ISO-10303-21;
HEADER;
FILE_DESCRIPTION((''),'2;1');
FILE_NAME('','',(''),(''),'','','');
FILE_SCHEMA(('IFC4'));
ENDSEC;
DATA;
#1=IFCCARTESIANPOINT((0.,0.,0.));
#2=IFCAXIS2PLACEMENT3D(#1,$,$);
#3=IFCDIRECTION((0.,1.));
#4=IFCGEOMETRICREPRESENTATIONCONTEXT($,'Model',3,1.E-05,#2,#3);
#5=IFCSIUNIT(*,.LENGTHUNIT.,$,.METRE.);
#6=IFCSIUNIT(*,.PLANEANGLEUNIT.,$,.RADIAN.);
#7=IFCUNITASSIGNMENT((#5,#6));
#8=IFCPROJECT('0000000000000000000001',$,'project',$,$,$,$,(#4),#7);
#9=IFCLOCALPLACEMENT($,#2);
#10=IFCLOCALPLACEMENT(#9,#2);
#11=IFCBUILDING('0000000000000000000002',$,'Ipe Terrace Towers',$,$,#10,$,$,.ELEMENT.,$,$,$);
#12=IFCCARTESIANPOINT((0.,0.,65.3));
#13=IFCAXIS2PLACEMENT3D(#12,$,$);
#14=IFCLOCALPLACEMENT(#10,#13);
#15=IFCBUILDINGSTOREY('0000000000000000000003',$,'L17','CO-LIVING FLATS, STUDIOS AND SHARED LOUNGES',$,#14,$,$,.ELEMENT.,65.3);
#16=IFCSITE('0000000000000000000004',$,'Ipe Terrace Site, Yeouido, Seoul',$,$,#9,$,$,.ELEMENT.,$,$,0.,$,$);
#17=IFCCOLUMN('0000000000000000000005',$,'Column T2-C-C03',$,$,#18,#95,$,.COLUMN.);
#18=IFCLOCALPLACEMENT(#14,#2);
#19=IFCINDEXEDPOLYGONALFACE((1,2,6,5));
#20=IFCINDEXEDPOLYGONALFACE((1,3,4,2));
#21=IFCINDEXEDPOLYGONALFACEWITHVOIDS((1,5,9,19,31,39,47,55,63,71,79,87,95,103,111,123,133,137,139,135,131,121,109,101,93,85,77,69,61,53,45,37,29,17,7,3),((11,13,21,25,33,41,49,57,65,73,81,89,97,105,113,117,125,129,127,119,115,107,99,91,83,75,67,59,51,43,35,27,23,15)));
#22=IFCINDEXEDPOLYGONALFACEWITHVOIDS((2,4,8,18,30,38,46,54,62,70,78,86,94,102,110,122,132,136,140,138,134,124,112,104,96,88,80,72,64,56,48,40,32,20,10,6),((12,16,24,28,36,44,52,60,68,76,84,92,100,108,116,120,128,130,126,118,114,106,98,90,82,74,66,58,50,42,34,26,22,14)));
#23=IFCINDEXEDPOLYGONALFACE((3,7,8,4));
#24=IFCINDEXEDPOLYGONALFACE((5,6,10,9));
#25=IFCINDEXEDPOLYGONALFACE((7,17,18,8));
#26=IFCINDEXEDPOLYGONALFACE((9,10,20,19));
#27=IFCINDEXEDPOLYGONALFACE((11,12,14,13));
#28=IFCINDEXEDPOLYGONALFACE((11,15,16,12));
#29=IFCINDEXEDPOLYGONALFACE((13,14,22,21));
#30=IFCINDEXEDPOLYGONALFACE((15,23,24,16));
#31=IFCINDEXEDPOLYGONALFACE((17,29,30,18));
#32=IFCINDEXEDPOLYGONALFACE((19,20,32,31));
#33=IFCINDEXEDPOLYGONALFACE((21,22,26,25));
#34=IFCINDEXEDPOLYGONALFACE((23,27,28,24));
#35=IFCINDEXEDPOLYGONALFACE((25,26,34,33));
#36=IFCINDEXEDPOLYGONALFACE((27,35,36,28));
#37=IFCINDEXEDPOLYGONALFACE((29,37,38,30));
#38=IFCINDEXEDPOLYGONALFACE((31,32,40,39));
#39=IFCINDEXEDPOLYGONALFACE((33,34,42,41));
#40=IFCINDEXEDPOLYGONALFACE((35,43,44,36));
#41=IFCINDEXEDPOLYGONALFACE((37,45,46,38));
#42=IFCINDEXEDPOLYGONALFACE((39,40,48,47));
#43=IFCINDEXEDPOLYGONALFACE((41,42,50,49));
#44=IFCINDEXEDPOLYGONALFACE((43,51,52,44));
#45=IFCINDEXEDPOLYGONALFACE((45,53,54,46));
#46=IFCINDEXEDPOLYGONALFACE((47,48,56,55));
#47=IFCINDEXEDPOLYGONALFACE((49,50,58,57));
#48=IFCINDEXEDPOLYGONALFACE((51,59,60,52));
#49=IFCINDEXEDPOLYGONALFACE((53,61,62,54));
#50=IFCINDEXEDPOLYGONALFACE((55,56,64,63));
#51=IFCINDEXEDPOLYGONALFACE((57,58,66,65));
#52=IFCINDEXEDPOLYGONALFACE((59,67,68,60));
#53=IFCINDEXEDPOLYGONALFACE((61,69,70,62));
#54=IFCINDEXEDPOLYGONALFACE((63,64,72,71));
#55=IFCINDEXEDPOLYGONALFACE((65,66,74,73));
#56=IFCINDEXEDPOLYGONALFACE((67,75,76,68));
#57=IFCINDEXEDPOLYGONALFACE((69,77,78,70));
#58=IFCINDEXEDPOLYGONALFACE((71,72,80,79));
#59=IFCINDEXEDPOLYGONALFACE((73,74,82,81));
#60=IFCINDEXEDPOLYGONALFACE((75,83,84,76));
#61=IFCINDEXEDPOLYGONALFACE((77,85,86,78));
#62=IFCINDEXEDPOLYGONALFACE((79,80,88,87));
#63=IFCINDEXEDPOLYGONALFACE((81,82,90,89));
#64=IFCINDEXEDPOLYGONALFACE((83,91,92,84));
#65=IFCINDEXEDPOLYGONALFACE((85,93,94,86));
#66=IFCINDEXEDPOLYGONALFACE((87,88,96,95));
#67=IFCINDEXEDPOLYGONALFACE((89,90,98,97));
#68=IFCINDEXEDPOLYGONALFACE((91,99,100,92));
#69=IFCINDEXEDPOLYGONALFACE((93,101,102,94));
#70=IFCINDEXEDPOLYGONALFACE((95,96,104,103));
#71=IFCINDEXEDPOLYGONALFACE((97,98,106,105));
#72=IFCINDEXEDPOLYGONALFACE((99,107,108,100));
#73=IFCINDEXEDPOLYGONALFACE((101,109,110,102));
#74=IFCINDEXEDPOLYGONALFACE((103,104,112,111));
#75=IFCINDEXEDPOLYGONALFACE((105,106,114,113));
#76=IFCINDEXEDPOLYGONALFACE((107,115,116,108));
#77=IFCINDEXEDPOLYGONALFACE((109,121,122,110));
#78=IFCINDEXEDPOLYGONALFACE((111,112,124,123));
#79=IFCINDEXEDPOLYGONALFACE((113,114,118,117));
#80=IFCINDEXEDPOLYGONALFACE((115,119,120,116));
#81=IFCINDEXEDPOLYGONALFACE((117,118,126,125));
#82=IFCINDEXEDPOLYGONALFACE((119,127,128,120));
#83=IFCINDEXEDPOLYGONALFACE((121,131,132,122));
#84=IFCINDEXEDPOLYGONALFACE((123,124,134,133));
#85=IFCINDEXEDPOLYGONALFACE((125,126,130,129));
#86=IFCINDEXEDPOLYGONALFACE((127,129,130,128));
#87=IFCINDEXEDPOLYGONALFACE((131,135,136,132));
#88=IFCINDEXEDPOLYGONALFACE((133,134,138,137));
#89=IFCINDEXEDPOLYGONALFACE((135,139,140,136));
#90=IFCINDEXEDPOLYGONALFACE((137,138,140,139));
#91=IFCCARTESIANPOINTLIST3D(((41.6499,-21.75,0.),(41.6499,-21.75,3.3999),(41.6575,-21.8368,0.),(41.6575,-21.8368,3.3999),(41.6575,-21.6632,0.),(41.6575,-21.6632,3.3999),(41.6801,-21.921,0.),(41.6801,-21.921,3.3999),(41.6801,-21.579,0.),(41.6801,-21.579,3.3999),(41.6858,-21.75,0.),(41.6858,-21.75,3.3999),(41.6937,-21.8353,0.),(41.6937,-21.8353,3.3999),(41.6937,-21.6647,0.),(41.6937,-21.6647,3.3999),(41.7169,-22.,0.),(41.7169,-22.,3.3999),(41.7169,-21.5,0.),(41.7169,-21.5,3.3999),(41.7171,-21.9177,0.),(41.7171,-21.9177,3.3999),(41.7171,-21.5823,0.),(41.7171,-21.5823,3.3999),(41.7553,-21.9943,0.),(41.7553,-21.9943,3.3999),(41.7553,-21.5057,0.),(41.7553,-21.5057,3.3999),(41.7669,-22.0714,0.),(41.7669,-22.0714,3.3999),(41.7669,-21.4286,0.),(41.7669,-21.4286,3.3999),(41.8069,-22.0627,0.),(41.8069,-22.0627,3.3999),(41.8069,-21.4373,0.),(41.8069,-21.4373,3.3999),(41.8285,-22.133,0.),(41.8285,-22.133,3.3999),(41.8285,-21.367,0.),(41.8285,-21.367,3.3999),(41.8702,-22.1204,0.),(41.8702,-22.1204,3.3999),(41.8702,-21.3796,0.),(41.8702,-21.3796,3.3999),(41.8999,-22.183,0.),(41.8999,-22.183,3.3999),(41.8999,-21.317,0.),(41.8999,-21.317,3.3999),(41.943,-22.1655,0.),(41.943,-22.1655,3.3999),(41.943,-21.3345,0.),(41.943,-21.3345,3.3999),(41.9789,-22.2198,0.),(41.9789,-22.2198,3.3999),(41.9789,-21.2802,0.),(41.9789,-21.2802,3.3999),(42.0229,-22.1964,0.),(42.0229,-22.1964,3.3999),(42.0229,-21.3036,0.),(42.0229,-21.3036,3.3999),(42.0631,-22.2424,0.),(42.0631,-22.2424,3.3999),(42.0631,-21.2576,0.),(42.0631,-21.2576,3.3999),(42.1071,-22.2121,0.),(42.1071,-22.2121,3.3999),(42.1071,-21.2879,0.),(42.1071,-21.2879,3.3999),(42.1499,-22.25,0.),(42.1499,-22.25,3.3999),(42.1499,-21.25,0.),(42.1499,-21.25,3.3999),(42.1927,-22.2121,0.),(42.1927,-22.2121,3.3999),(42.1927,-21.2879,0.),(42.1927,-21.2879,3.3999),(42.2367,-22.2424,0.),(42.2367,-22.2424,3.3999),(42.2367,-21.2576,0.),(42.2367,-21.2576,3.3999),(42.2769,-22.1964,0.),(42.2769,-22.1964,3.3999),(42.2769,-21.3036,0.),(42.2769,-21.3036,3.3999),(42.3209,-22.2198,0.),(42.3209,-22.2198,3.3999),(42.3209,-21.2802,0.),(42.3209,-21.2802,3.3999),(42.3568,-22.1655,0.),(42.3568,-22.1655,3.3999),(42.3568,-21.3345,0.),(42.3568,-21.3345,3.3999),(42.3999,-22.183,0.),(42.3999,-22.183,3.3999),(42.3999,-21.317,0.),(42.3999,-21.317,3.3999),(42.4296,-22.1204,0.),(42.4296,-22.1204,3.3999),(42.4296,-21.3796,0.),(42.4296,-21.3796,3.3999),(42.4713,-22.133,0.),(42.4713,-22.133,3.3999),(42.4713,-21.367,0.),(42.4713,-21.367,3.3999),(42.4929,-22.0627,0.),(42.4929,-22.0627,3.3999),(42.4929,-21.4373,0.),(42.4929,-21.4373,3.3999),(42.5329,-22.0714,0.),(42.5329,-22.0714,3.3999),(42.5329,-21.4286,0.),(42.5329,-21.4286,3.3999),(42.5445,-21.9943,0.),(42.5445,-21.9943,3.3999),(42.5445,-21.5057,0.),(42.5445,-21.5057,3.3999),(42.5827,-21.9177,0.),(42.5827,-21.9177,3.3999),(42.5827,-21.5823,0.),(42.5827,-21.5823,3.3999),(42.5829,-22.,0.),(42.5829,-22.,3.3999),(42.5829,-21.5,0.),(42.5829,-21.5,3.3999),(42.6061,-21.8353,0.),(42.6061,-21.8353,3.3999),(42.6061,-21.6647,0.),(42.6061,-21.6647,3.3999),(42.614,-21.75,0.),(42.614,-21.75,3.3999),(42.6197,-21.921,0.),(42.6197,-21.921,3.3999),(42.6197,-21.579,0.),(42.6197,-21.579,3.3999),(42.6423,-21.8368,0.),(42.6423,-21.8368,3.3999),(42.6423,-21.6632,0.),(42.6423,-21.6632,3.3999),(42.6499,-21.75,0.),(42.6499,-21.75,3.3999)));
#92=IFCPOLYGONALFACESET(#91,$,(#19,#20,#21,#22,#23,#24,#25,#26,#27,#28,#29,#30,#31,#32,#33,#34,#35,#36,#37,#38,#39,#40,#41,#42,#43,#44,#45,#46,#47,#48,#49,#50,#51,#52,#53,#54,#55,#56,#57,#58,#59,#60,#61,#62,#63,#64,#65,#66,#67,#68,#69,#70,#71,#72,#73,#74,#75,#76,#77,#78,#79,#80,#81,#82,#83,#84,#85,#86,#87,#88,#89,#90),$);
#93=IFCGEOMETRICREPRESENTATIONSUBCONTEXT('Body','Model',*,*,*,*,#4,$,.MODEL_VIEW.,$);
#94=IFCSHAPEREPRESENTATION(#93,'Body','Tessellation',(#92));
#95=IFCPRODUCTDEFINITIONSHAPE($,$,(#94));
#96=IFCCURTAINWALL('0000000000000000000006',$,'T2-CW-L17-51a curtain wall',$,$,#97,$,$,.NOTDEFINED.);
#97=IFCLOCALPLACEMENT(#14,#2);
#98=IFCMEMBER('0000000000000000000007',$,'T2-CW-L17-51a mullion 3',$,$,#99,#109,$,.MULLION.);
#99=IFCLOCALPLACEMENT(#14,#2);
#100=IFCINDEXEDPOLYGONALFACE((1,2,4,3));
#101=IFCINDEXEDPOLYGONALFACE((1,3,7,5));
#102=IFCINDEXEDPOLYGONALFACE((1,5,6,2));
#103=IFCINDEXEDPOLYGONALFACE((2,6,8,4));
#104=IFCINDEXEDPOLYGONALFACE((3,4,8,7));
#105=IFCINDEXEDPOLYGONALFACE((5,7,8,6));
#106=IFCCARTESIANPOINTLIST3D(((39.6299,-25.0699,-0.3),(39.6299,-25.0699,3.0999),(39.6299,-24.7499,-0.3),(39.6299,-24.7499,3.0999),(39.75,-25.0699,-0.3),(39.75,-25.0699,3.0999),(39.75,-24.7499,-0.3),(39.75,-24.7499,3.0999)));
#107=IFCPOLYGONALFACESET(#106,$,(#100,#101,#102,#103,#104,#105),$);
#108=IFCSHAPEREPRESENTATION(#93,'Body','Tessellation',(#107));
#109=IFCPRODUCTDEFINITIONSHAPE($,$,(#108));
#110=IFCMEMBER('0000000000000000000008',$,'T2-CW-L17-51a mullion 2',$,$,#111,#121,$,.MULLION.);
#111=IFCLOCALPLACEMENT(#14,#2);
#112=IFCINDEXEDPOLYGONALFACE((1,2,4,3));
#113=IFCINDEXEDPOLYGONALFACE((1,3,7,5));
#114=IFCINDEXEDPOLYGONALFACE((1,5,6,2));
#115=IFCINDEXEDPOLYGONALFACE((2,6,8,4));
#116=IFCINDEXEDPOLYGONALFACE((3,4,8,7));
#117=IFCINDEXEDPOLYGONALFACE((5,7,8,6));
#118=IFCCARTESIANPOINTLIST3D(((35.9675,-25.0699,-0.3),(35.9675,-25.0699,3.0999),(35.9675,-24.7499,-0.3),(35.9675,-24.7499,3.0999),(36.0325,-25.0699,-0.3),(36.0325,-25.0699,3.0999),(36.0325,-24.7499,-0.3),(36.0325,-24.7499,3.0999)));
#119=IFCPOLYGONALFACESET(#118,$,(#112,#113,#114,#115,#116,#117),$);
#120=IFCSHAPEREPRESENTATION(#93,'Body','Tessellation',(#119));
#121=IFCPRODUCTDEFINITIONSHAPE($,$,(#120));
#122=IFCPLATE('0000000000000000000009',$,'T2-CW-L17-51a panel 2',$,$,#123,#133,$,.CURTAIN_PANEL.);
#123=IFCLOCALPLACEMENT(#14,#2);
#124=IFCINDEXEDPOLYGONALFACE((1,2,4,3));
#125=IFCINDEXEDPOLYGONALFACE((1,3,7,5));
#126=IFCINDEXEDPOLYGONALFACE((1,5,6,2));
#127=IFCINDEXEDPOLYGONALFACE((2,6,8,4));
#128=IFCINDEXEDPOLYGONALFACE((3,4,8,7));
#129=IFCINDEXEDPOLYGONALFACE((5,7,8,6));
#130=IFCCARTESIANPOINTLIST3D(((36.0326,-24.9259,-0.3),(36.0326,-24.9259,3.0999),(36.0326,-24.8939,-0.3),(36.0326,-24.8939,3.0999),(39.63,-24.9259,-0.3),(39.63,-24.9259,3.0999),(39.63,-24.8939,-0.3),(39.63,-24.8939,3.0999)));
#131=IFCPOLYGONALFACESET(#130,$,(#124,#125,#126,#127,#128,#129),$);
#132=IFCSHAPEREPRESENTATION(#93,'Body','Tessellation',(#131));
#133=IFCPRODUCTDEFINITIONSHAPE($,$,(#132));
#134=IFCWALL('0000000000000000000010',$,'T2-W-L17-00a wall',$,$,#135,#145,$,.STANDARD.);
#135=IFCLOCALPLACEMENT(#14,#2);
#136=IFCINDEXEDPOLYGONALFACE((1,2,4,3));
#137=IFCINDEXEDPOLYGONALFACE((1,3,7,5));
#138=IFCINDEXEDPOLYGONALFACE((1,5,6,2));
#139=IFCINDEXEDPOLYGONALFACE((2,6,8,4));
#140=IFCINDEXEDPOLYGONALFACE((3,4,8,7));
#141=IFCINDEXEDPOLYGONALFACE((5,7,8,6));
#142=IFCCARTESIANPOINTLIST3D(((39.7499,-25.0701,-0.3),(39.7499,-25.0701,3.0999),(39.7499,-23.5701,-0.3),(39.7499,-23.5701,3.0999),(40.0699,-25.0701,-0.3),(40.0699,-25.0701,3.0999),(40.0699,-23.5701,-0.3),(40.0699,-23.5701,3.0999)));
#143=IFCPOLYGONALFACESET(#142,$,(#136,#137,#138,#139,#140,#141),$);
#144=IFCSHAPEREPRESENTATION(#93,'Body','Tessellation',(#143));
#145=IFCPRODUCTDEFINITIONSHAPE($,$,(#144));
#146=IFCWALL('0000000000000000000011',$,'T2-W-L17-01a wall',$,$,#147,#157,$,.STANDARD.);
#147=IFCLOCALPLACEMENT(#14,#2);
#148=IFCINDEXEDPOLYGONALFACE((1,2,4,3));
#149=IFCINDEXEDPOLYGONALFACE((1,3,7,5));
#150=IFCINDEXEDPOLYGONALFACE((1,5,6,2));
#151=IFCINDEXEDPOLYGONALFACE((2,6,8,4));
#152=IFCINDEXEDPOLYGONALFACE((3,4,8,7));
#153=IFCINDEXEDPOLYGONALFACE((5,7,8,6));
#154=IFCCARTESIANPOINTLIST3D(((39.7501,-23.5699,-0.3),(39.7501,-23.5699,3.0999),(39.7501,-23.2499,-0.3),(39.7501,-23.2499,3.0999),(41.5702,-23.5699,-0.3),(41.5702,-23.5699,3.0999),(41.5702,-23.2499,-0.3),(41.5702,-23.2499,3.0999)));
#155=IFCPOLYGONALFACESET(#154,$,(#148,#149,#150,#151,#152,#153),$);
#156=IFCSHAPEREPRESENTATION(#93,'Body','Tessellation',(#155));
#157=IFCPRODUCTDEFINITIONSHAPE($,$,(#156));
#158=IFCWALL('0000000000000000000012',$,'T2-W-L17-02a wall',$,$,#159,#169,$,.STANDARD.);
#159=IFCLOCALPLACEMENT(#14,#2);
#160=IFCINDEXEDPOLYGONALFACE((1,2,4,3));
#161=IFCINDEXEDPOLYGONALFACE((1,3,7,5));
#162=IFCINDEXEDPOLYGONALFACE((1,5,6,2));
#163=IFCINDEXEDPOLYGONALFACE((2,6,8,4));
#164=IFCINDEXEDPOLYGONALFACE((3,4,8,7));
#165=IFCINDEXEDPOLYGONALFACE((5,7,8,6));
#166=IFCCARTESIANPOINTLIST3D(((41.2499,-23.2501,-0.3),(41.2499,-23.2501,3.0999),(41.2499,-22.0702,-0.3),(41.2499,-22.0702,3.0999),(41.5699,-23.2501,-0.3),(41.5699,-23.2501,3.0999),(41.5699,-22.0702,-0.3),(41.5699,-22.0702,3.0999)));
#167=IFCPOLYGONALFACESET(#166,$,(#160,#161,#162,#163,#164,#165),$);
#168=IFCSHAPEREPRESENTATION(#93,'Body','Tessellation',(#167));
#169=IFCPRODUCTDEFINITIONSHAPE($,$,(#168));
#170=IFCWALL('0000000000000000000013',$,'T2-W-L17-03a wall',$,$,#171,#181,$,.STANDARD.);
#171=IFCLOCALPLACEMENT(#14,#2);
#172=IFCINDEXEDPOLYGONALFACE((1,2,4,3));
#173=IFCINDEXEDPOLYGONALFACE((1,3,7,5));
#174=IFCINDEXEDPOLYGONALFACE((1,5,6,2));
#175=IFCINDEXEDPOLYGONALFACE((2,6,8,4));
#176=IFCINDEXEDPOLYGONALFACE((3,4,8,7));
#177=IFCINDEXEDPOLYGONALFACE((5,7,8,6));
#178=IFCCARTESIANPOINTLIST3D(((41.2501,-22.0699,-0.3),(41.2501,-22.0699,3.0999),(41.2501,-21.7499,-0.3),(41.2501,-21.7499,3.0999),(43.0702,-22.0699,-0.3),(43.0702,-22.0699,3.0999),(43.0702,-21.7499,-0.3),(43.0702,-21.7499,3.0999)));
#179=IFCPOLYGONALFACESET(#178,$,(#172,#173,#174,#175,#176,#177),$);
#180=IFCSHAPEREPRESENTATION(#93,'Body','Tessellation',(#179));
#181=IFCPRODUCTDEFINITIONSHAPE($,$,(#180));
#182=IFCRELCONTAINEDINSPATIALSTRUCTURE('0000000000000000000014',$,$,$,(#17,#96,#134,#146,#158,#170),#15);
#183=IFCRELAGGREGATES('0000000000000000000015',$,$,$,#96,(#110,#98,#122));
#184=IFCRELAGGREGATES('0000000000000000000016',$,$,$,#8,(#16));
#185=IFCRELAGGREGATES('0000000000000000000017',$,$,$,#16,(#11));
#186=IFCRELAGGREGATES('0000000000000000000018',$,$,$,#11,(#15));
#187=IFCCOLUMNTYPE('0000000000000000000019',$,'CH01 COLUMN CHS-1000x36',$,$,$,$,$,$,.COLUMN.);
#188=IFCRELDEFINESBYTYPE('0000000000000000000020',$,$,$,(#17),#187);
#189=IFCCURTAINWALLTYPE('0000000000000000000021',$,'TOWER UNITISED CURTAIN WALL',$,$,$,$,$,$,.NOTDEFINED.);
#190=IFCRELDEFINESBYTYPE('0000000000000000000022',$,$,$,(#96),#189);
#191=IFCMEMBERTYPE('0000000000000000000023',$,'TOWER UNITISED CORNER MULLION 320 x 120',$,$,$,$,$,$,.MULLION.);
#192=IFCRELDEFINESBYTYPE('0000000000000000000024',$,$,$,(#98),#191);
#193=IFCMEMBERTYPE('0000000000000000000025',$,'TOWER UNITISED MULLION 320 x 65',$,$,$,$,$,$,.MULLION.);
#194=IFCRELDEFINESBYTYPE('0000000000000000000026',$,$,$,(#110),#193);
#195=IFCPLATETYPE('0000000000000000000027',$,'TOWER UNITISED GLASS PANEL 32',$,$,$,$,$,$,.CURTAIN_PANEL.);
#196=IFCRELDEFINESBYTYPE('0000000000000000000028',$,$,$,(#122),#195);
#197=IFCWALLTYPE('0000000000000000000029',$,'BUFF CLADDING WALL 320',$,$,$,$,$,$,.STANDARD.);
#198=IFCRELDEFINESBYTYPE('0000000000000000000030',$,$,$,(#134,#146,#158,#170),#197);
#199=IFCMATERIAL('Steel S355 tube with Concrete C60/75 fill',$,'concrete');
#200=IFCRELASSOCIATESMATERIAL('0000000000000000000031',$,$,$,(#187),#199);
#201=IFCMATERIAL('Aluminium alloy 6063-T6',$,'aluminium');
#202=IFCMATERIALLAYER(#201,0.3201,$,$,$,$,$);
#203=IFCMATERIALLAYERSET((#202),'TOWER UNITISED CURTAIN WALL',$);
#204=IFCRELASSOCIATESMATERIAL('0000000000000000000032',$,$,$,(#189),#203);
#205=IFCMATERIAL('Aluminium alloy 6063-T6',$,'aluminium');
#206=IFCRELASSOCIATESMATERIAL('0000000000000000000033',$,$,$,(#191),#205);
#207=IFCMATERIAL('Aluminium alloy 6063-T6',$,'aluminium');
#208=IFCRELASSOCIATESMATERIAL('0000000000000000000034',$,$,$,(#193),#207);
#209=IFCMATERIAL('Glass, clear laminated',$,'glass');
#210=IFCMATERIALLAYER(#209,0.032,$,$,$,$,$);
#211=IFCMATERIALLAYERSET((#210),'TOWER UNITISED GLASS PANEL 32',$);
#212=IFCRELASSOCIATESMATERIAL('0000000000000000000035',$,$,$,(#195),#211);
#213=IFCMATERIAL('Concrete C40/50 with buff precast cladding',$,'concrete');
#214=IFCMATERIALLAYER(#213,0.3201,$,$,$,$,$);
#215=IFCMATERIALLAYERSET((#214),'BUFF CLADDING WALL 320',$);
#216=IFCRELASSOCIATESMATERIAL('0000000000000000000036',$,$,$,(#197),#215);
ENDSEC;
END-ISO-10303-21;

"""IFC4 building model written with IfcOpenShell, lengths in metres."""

from ifc_helpers import new_model, si_unit, direction, frame, frame_2d, origin, origin_2d, place, context, subcontext, project, spatial, rectangle, hollow_circle, extrude, material, layer, layer_set, material_profile, profile_set, type_object, element, aggregate, save


model = new_model("IFC4")

# Units and contexts
model_context = context("Model", 3, precision=1e-05, world=origin(), true_north=direction((0.0, 1.0)))
body_context = subcontext(model_context, "Body", "Model", "MODEL_VIEW")
ifc_project = project(units=[si_unit("LENGTHUNIT", "METRE"), si_unit("PLANEANGLEUNIT", "RADIAN")], contexts=[model_context])

# Site, building, storey
site_placement = place(None, origin())
site = spatial("IfcSite", under=ifc_project, at=site_placement, Name="Ipe Terrace Site, Yeouido, Seoul", CompositionType="ELEMENT", RefElevation=0.0)
building_placement = place(site_placement, origin())
building = spatial("IfcBuilding", under=site, at=building_placement, Name="Ipe Terrace Towers", CompositionType="ELEMENT")
storey_placement = place(building_placement, frame((0.0, 0.0, 65.3)))
storey = spatial("IfcBuildingStorey", under=building, at=storey_placement, Name="L17", Description="CO-LIVING FLATS, STUDIOS AND SHARED LOUNGES", CompositionType="ELEMENT", Elevation=65.3)

# Column
ifc_material_1 = material(Name="Steel S355 tube with Concrete C60/75 fill", Category="concrete")
ifc_material_profile_1 = material_profile(ifc_material_1, hollow_circle(Radius=0.5, WallThickness=0.0359, at=origin_2d()), Name="CHS-1000x36")
ifc_profile_set_1 = profile_set([ifc_material_profile_1], Name="Steel S355 tube with Concrete C60/75 fill")
column_type = type_object("IfcColumnType", Name="CH01 COLUMN CHS-1000x36", PredefinedType="COLUMN", material=ifc_profile_set_1)
column_placement = place(storey_placement, frame((42.1499, -21.75, 0.0), z_axis=(0.0, 0.0, 1.0), x_axis=(1.0, 0.0, 0.0)))
element("IfcColumn", 1, at=column_placement, inside=storey, type_object=column_type, Name="Column T2-C-C03", PredefinedType="COLUMN", context=body_context, shape_type="SweptSolid", body=[
    extrude(hollow_circle(Radius=0.5, WallThickness=0.0359, at=origin_2d()), origin(), (0.0, 0.0, 1.0), 3.3999),
])

# Curtain wall, members, plate
ifc_material_2 = material(Name="Aluminium alloy 6063-T6", Category="aluminium")
ifc_layer_1 = layer(ifc_material_2, 0.3201)
ifc_layer_set_1 = layer_set([ifc_layer_1], Name="TOWER UNITISED CURTAIN WALL")
curtain_wall_type = type_object("IfcCurtainWallType", Name="TOWER UNITISED CURTAIN WALL", PredefinedType="NOTDEFINED", material=ifc_layer_set_1)
curtain_wall_placement = place(storey_placement, origin())
curtain_wall = element("IfcCurtainWall", 2, at=curtain_wall_placement, inside=storey, type_object=curtain_wall_type, Name="T2-CW-L17-51a curtain wall", PredefinedType="NOTDEFINED")
ifc_material_3 = material(Name="Aluminium alloy 6063-T6", Category="aluminium")
ifc_material_profile_2 = material_profile(ifc_material_3, rectangle(XDim=0.3201, YDim=0.1201, at=origin_2d()), Name="TOWER UNITISED CORNER MULLION 320 x 120")
ifc_profile_set_2 = profile_set([ifc_material_profile_2], Name="Aluminium alloy 6063-T6")
member_type_1 = type_object("IfcMemberType", Name="TOWER UNITISED CORNER MULLION 320 x 120", PredefinedType="MULLION", material=ifc_profile_set_2)
member_1_placement = place(storey_placement, frame((39.6899, -24.9099, -0.3), z_axis=(0.0, 0.0, 1.0), x_axis=(0.0, -1.0, 0.0)))
member_1 = element("IfcMember", 3, at=member_1_placement, type_object=member_type_1, Name="T2-CW-L17-51a mullion 3", PredefinedType="MULLION", context=body_context, shape_type="SweptSolid", body=[
    extrude(rectangle(XDim=0.3201, YDim=0.1201, at=origin_2d()), origin(), (0.0, 0.0, 1.0), 3.3999),
])
ifc_material_4 = material(Name="Aluminium alloy 6063-T6", Category="aluminium")
ifc_material_profile_3 = material_profile(ifc_material_4, rectangle(XDim=0.3201, YDim=0.0649, at=origin_2d()), Name="TOWER UNITISED MULLION 320 x 65")
ifc_profile_set_3 = profile_set([ifc_material_profile_3], Name="Aluminium alloy 6063-T6")
member_type_2 = type_object("IfcMemberType", Name="TOWER UNITISED MULLION 320 x 65", PredefinedType="MULLION", material=ifc_profile_set_3)
member_2_placement = place(storey_placement, frame((36.0, -24.9099, -0.3), z_axis=(0.0, 0.0, 1.0), x_axis=(0.0, -1.0, 0.0)))
member_2 = element("IfcMember", 4, at=member_2_placement, type_object=member_type_2, Name="T2-CW-L17-51a mullion 2", PredefinedType="MULLION", context=body_context, shape_type="SweptSolid", body=[
    extrude(rectangle(XDim=0.3201, YDim=0.0649, at=origin_2d()), origin(), (0.0, 0.0, 1.0), 3.3999),
])
ifc_material_5 = material(Name="Glass, clear laminated", Category="glass")
ifc_layer_2 = layer(ifc_material_5, 0.032)
ifc_layer_set_2 = layer_set([ifc_layer_2], Name="TOWER UNITISED GLASS PANEL 32")
plate_type = type_object("IfcPlateType", Name="TOWER UNITISED GLASS PANEL 32", PredefinedType="CURTAIN_PANEL", material=ifc_layer_set_2)
plate_placement = place(storey_placement, frame((37.8313, -24.9099, -0.3), z_axis=(0.0, 0.0, 1.0), x_axis=(1.0, 0.0, 0.0)))
plate = element("IfcPlate", 5, at=plate_placement, type_object=plate_type, Name="T2-CW-L17-51a panel 2", PredefinedType="CURTAIN_PANEL", context=body_context, shape_type="SweptSolid", body=[
    extrude(rectangle(XDim=3.5974, YDim=0.032, at=origin_2d()), origin(), (0.0, 0.0, 1.0), 3.3999),
])
aggregate(curtain_wall, [member_2, member_1, plate])

# Walls
ifc_material_6 = material(Name="Concrete C40/50 with buff precast cladding", Category="concrete")
ifc_layer_3 = layer(ifc_material_6, 0.3201)
ifc_layer_set_3 = layer_set([ifc_layer_3], Name="BUFF CLADDING WALL 320")
wall_type_1 = type_object("IfcWallType", Name="BUFF CLADDING WALL 320", PredefinedType="STANDARD", material=ifc_layer_set_3)
wall_1_placement = place(storey_placement, frame((39.9099, -25.0701, -0.3), z_axis=(0.0, 0.0, 1.0), x_axis=(0.0, 1.0, 0.0)))
element("IfcWall", 6, at=wall_1_placement, inside=storey, type_object=wall_type_1, Name="T2-W-L17-00a wall", PredefinedType="STANDARD", context=body_context, shape_type="SweptSolid", body=[
    extrude(rectangle(XDim=1.5, YDim=0.3201, at=frame_2d((0.75, 0.0))), origin(), (0.0, 0.0, 1.0), 3.3999),
])
wall_2_placement = place(storey_placement, frame((39.75, -23.4099, -0.3), z_axis=(0.0, 0.0, 1.0), x_axis=(1.0, 0.0, 0.0)))
element("IfcWall", 7, at=wall_2_placement, inside=storey, type_object=wall_type_1, Name="T2-W-L17-01a wall", PredefinedType="STANDARD", context=body_context, shape_type="SweptSolid", body=[
    extrude(rectangle(XDim=1.8201, YDim=0.3201, at=frame_2d((0.9102, 0.0))), origin(), (0.0, 0.0, 1.0), 3.3999),
])
wall_3_placement = place(storey_placement, frame((41.4099, -23.25, -0.3), z_axis=(0.0, 0.0, 1.0), x_axis=(0.0, 1.0, 0.0)))
element("IfcWall", 8, at=wall_3_placement, inside=storey, type_object=wall_type_1, Name="T2-W-L17-02a wall", PredefinedType="STANDARD", context=body_context, shape_type="SweptSolid", body=[
    extrude(rectangle(XDim=1.1799, YDim=0.3201, at=frame_2d((0.5898, 0.0))), origin(), (0.0, 0.0, 1.0), 3.3999),
])
wall_4_placement = place(storey_placement, frame((41.25, -21.9099, -0.3), z_axis=(0.0, 0.0, 1.0), x_axis=(1.0, 0.0, 0.0)))
element("IfcWall", 9, at=wall_4_placement, inside=storey, type_object=wall_type_1, Name="T2-W-L17-03a wall", PredefinedType="STANDARD", context=body_context, shape_type="SweptSolid", body=[
    extrude(rectangle(XDim=1.8201, YDim=0.3201, at=frame_2d((0.9102, 0.0))), origin(), (0.0, 0.0, 1.0), 3.3999),
])

save(model, "model.ifc")
